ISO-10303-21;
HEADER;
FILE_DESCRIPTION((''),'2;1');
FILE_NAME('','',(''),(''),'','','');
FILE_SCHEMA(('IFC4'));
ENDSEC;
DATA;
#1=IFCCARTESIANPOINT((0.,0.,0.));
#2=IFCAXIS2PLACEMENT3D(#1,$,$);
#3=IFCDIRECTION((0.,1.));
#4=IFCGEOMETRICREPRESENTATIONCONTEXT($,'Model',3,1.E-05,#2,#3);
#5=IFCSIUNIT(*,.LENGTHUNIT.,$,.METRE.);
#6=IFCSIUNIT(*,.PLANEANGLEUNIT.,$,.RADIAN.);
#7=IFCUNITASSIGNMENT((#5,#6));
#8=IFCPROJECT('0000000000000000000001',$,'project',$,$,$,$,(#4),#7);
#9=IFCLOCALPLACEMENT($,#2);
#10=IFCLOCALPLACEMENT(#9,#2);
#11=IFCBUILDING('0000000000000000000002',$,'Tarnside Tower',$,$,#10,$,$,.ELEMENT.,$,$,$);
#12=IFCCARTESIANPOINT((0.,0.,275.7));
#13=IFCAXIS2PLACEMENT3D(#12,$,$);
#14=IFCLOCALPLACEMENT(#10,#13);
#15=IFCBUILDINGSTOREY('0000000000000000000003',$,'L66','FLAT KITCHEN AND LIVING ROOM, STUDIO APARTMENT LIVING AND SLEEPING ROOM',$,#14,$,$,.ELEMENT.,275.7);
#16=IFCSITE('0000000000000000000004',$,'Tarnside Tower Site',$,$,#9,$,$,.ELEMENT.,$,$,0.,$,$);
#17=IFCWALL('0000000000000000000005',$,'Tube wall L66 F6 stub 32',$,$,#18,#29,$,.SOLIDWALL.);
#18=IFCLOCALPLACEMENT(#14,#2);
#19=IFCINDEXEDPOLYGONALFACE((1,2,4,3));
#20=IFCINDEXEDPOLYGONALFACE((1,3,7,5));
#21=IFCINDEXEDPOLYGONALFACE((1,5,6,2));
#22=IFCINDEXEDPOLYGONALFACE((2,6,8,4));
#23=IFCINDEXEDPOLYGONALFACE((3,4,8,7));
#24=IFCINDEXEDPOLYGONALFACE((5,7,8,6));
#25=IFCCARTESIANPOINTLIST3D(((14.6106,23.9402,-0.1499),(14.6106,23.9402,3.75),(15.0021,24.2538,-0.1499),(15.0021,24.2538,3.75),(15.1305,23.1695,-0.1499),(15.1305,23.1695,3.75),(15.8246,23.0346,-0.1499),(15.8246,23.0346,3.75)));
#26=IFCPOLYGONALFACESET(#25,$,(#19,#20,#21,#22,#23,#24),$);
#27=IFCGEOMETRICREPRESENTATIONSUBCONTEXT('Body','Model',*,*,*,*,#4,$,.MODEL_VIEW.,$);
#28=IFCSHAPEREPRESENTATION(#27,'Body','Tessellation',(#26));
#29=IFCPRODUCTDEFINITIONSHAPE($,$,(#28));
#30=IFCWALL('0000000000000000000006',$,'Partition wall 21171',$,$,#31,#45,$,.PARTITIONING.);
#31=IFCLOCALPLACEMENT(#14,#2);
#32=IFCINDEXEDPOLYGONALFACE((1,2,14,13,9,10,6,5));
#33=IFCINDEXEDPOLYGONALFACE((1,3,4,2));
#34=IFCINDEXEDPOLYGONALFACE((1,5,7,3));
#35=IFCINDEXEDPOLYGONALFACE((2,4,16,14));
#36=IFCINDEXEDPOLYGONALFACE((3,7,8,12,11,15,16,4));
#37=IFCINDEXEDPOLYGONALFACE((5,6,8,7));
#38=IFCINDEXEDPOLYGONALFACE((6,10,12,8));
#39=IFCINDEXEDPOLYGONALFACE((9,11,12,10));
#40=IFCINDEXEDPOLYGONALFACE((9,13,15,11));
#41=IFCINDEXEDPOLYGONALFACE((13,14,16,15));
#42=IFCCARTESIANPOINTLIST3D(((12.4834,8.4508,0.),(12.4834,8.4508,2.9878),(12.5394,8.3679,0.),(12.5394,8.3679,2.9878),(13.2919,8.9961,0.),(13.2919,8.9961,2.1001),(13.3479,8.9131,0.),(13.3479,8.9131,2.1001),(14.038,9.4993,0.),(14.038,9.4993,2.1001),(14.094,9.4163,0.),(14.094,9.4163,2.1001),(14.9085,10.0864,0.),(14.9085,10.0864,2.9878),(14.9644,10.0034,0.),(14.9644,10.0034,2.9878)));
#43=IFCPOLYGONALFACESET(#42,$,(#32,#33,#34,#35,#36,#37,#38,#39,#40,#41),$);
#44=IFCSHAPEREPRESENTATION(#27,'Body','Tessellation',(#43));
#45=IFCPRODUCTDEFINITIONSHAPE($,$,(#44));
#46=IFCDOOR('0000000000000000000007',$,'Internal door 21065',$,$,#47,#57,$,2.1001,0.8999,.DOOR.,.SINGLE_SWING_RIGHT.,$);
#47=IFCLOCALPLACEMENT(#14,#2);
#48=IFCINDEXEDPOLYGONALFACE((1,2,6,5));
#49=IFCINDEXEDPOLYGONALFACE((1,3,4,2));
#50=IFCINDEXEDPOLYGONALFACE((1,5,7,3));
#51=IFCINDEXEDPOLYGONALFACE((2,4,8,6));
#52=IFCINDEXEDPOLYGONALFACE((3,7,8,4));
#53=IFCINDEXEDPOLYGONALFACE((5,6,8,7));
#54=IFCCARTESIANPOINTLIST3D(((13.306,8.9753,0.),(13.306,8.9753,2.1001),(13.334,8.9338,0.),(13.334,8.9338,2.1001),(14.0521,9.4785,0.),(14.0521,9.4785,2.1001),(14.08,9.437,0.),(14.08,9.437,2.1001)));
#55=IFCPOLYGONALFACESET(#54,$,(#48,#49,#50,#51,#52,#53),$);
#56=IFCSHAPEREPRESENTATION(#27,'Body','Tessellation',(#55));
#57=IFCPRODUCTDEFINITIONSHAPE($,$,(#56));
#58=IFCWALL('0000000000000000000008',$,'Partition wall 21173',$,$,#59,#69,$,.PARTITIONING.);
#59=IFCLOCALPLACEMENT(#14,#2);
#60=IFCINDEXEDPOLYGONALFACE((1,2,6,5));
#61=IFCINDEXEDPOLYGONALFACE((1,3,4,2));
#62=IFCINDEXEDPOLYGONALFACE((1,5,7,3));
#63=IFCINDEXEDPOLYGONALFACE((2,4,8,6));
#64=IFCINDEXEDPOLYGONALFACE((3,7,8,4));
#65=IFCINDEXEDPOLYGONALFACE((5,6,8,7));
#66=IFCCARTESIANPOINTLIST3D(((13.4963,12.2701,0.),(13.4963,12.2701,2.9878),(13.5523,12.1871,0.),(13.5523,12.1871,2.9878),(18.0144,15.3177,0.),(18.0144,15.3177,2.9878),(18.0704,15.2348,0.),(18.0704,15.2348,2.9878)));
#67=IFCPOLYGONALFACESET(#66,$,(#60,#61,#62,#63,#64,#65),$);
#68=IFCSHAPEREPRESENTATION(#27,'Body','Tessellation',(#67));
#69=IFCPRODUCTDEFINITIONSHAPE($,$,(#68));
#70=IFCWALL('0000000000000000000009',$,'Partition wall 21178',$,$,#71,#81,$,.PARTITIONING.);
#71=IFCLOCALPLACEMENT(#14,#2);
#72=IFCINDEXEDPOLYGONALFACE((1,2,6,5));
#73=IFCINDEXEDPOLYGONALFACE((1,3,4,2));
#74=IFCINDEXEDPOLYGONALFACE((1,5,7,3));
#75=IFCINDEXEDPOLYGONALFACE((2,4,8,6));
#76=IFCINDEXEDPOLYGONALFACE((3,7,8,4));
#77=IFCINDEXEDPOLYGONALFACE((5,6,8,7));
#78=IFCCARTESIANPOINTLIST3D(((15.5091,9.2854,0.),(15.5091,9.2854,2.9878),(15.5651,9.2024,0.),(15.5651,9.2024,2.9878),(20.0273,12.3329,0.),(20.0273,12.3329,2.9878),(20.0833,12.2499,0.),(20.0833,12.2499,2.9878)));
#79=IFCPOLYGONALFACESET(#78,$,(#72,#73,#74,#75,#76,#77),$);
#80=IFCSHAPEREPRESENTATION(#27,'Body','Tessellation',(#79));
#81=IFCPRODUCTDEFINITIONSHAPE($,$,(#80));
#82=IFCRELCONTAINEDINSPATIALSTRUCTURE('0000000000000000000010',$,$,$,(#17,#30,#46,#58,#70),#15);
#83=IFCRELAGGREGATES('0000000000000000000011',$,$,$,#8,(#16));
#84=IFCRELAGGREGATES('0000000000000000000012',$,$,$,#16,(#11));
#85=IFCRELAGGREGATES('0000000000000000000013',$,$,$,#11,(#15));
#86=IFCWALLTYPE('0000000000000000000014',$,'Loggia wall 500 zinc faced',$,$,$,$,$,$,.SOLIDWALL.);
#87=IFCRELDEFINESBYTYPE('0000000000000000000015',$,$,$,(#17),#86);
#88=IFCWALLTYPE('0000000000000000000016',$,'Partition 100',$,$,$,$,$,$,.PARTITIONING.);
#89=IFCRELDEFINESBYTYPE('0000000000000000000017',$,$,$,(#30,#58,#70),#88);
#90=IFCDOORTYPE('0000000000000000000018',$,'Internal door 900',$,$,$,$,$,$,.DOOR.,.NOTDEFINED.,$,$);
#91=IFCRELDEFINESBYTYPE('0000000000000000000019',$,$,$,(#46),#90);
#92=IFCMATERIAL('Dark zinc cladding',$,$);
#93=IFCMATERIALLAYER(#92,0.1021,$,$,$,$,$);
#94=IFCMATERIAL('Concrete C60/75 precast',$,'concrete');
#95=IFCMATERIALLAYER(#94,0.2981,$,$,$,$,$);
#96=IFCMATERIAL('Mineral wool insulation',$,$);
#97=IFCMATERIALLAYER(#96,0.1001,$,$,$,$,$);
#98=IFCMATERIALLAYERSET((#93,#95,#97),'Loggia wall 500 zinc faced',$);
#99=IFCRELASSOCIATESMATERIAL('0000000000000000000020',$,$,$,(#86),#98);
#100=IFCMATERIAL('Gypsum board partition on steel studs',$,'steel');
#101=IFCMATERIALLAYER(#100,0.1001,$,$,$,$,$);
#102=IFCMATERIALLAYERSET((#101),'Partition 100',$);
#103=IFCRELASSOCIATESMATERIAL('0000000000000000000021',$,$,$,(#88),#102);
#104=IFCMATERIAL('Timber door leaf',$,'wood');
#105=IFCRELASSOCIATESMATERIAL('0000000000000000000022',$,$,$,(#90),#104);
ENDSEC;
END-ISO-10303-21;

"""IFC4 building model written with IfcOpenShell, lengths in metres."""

from ifc_helpers import new_model, si_unit, direction, frame, frame_2d, origin, place, context, subcontext, project, spatial, polyline, rectangle, outline, extrude, material, layer, layer_set, type_object, element, fill, save


model = new_model("IFC4")

# Units and contexts
model_context = context("Model", 3, precision=1e-05, world=origin(), true_north=direction((0.0, 1.0)))
body_context = subcontext(model_context, "Body", "Model", "MODEL_VIEW")
ifc_project = project(units=[si_unit("LENGTHUNIT", "METRE"), si_unit("PLANEANGLEUNIT", "RADIAN")], contexts=[model_context])

# Site, building, storey
site_placement = place(None, origin())
site = spatial("IfcSite", under=ifc_project, at=site_placement, Name="Tarnside Tower Site", CompositionType="ELEMENT", RefElevation=0.0)
building_placement = place(site_placement, origin())
building = spatial("IfcBuilding", under=site, at=building_placement, Name="Tarnside Tower", CompositionType="ELEMENT")
storey_placement = place(building_placement, frame((0.0, 0.0, 275.7)))
storey = spatial("IfcBuildingStorey", under=building, at=storey_placement, Name="L66", Description="FLAT KITCHEN AND LIVING ROOM, STUDIO APARTMENT LIVING AND SLEEPING ROOM", CompositionType="ELEMENT", Elevation=275.7)

# Wall
ifc_material_1 = material(Name="Gypsum board partition on steel studs", Category="steel")
ifc_material_2 = material(Name="Dark zinc cladding")
ifc_layer_1 = layer(ifc_material_2, 0.1021)
ifc_material_3 = material(Name="Concrete C60/75 precast", Category="concrete")
ifc_layer_2 = layer(ifc_material_3, 0.2981)
ifc_material_4 = material(Name="Mineral wool insulation")
ifc_layer_3 = layer(ifc_material_4, 0.1001)
ifc_layer_set_1 = layer_set([ifc_layer_1, ifc_layer_2, ifc_layer_3], Name="Loggia wall 500 zinc faced")
wall_type_1 = type_object("IfcWallType", Name="Loggia wall 500 zinc faced", PredefinedType="SOLIDWALL", material=ifc_layer_set_1)
wall_1_placement = place(storey_placement, frame((15.4775, 23.1021, -0.1499), z_axis=(0.0, 0.0, 1.0), x_axis=(-0.559246, 0.829002, 0.0)))
element("IfcWall", 1, at=wall_1_placement, inside=storey, type_object=wall_type_1, Name="Tube wall L66 F6 stub 32", PredefinedType="SOLIDWALL", context=body_context, shape_type="SweptSolid", body=[
    extrude(outline(polyline([(-0.25, -0.25), (1.2207, -0.25), (1.1797, 0.25), (0.25, 0.25), (-0.25, -0.25)])), origin(), (0.0, 0.0, 1.0), 3.8999),
])

# Wall, opening, door
ifc_layer_4 = layer(ifc_material_1, 0.1001)
ifc_layer_set_2 = layer_set([ifc_layer_4], Name="Partition 100")
wall_type_2 = type_object("IfcWallType", Name="Partition 100", PredefinedType="PARTITIONING", material=ifc_layer_set_2)
wall_2_placement = place(storey_placement, frame((12.5115, 8.4094, 0.0), z_axis=(0.0, 0.0, 1.0), x_axis=(0.829072, 0.559142, 0.0)))
wall_2 = element("IfcWall", 2, at=wall_2_placement, inside=storey, type_object=wall_type_2, Name="Partition wall 21171", PredefinedType="PARTITIONING", context=body_context, shape_type="SweptSolid", body=[
    extrude(rectangle(XDim=2.925, YDim=0.1001, at=frame_2d((1.4624, 0.0))), origin(), (0.0, 0.0, 1.0), 2.9878),
])
opening_1_placement = place(wall_2_placement, frame((0.9751, 0.0, 0.0)))
opening_1 = element("IfcOpeningElement", 3, at=opening_1_placement, cuts=wall_2, PredefinedType="OPENING", context=body_context, shape_type="SweptSolid", body=[
    extrude(rectangle(XDim=0.8999, YDim=2.1001, at=frame_2d((0.45, 1.05))), frame((0.0, 0.0601, 0.0), z_axis=(0.0, -1.0, 0.0), x_axis=(1.0, 0.0, 0.0)), (0.0, 0.0, 1.0), 0.1201),
])
ifc_material_5 = material(Name="Timber door leaf", Category="wood")
door_type = type_object("IfcDoorType", Name="Internal door 900", OperationType="NOTDEFINED", PredefinedType="DOOR", material=ifc_material_5)
door_placement = place(opening_1_placement, origin())
door = element("IfcDoor", 4, at=door_placement, inside=storey, type_object=door_type, Name="Internal door 21065", OperationType="SINGLE_SWING_RIGHT", OverallHeight=2.1001, OverallWidth=0.8999, PredefinedType="DOOR", context=body_context, shape_type="SweptSolid", body=[
    extrude(rectangle(XDim=0.8999, YDim=2.1001, at=frame_2d((0.45, 1.05))), frame((0.0, 0.0249, 0.0), z_axis=(0.0, -1.0, 0.0), x_axis=(1.0, 0.0, 0.0)), (0.0, 0.0, 1.0), 0.05),
])
fill(opening_1, door)

# Walls
for number, where, z_axis, x_axis, name in (
    (5, (13.5242, 12.2285, 0.0), (0.0, 0.0, 1.0), (0.829026, 0.55921, 0.0), "Partition wall 21173"),
    (6, (20.0554, 12.2915, 0.0), (0.0, 0.0, 1.0), (-0.82904, -0.559189, 0.0), "Partition wall 21178"),
):
    element("IfcWall", number, at=place(storey_placement, frame(where, z_axis=z_axis, x_axis=x_axis)), inside=storey, type_object=wall_type_2, Name=name, PredefinedType="PARTITIONING", context=body_context, shape_type="SweptSolid", body=[
        extrude(rectangle(XDim=5.45, YDim=0.1001, at=frame_2d((2.7251, 0.0))), origin(), (0.0, 0.0, 1.0), 2.9878),
    ])

save(model, "model.ifc")
